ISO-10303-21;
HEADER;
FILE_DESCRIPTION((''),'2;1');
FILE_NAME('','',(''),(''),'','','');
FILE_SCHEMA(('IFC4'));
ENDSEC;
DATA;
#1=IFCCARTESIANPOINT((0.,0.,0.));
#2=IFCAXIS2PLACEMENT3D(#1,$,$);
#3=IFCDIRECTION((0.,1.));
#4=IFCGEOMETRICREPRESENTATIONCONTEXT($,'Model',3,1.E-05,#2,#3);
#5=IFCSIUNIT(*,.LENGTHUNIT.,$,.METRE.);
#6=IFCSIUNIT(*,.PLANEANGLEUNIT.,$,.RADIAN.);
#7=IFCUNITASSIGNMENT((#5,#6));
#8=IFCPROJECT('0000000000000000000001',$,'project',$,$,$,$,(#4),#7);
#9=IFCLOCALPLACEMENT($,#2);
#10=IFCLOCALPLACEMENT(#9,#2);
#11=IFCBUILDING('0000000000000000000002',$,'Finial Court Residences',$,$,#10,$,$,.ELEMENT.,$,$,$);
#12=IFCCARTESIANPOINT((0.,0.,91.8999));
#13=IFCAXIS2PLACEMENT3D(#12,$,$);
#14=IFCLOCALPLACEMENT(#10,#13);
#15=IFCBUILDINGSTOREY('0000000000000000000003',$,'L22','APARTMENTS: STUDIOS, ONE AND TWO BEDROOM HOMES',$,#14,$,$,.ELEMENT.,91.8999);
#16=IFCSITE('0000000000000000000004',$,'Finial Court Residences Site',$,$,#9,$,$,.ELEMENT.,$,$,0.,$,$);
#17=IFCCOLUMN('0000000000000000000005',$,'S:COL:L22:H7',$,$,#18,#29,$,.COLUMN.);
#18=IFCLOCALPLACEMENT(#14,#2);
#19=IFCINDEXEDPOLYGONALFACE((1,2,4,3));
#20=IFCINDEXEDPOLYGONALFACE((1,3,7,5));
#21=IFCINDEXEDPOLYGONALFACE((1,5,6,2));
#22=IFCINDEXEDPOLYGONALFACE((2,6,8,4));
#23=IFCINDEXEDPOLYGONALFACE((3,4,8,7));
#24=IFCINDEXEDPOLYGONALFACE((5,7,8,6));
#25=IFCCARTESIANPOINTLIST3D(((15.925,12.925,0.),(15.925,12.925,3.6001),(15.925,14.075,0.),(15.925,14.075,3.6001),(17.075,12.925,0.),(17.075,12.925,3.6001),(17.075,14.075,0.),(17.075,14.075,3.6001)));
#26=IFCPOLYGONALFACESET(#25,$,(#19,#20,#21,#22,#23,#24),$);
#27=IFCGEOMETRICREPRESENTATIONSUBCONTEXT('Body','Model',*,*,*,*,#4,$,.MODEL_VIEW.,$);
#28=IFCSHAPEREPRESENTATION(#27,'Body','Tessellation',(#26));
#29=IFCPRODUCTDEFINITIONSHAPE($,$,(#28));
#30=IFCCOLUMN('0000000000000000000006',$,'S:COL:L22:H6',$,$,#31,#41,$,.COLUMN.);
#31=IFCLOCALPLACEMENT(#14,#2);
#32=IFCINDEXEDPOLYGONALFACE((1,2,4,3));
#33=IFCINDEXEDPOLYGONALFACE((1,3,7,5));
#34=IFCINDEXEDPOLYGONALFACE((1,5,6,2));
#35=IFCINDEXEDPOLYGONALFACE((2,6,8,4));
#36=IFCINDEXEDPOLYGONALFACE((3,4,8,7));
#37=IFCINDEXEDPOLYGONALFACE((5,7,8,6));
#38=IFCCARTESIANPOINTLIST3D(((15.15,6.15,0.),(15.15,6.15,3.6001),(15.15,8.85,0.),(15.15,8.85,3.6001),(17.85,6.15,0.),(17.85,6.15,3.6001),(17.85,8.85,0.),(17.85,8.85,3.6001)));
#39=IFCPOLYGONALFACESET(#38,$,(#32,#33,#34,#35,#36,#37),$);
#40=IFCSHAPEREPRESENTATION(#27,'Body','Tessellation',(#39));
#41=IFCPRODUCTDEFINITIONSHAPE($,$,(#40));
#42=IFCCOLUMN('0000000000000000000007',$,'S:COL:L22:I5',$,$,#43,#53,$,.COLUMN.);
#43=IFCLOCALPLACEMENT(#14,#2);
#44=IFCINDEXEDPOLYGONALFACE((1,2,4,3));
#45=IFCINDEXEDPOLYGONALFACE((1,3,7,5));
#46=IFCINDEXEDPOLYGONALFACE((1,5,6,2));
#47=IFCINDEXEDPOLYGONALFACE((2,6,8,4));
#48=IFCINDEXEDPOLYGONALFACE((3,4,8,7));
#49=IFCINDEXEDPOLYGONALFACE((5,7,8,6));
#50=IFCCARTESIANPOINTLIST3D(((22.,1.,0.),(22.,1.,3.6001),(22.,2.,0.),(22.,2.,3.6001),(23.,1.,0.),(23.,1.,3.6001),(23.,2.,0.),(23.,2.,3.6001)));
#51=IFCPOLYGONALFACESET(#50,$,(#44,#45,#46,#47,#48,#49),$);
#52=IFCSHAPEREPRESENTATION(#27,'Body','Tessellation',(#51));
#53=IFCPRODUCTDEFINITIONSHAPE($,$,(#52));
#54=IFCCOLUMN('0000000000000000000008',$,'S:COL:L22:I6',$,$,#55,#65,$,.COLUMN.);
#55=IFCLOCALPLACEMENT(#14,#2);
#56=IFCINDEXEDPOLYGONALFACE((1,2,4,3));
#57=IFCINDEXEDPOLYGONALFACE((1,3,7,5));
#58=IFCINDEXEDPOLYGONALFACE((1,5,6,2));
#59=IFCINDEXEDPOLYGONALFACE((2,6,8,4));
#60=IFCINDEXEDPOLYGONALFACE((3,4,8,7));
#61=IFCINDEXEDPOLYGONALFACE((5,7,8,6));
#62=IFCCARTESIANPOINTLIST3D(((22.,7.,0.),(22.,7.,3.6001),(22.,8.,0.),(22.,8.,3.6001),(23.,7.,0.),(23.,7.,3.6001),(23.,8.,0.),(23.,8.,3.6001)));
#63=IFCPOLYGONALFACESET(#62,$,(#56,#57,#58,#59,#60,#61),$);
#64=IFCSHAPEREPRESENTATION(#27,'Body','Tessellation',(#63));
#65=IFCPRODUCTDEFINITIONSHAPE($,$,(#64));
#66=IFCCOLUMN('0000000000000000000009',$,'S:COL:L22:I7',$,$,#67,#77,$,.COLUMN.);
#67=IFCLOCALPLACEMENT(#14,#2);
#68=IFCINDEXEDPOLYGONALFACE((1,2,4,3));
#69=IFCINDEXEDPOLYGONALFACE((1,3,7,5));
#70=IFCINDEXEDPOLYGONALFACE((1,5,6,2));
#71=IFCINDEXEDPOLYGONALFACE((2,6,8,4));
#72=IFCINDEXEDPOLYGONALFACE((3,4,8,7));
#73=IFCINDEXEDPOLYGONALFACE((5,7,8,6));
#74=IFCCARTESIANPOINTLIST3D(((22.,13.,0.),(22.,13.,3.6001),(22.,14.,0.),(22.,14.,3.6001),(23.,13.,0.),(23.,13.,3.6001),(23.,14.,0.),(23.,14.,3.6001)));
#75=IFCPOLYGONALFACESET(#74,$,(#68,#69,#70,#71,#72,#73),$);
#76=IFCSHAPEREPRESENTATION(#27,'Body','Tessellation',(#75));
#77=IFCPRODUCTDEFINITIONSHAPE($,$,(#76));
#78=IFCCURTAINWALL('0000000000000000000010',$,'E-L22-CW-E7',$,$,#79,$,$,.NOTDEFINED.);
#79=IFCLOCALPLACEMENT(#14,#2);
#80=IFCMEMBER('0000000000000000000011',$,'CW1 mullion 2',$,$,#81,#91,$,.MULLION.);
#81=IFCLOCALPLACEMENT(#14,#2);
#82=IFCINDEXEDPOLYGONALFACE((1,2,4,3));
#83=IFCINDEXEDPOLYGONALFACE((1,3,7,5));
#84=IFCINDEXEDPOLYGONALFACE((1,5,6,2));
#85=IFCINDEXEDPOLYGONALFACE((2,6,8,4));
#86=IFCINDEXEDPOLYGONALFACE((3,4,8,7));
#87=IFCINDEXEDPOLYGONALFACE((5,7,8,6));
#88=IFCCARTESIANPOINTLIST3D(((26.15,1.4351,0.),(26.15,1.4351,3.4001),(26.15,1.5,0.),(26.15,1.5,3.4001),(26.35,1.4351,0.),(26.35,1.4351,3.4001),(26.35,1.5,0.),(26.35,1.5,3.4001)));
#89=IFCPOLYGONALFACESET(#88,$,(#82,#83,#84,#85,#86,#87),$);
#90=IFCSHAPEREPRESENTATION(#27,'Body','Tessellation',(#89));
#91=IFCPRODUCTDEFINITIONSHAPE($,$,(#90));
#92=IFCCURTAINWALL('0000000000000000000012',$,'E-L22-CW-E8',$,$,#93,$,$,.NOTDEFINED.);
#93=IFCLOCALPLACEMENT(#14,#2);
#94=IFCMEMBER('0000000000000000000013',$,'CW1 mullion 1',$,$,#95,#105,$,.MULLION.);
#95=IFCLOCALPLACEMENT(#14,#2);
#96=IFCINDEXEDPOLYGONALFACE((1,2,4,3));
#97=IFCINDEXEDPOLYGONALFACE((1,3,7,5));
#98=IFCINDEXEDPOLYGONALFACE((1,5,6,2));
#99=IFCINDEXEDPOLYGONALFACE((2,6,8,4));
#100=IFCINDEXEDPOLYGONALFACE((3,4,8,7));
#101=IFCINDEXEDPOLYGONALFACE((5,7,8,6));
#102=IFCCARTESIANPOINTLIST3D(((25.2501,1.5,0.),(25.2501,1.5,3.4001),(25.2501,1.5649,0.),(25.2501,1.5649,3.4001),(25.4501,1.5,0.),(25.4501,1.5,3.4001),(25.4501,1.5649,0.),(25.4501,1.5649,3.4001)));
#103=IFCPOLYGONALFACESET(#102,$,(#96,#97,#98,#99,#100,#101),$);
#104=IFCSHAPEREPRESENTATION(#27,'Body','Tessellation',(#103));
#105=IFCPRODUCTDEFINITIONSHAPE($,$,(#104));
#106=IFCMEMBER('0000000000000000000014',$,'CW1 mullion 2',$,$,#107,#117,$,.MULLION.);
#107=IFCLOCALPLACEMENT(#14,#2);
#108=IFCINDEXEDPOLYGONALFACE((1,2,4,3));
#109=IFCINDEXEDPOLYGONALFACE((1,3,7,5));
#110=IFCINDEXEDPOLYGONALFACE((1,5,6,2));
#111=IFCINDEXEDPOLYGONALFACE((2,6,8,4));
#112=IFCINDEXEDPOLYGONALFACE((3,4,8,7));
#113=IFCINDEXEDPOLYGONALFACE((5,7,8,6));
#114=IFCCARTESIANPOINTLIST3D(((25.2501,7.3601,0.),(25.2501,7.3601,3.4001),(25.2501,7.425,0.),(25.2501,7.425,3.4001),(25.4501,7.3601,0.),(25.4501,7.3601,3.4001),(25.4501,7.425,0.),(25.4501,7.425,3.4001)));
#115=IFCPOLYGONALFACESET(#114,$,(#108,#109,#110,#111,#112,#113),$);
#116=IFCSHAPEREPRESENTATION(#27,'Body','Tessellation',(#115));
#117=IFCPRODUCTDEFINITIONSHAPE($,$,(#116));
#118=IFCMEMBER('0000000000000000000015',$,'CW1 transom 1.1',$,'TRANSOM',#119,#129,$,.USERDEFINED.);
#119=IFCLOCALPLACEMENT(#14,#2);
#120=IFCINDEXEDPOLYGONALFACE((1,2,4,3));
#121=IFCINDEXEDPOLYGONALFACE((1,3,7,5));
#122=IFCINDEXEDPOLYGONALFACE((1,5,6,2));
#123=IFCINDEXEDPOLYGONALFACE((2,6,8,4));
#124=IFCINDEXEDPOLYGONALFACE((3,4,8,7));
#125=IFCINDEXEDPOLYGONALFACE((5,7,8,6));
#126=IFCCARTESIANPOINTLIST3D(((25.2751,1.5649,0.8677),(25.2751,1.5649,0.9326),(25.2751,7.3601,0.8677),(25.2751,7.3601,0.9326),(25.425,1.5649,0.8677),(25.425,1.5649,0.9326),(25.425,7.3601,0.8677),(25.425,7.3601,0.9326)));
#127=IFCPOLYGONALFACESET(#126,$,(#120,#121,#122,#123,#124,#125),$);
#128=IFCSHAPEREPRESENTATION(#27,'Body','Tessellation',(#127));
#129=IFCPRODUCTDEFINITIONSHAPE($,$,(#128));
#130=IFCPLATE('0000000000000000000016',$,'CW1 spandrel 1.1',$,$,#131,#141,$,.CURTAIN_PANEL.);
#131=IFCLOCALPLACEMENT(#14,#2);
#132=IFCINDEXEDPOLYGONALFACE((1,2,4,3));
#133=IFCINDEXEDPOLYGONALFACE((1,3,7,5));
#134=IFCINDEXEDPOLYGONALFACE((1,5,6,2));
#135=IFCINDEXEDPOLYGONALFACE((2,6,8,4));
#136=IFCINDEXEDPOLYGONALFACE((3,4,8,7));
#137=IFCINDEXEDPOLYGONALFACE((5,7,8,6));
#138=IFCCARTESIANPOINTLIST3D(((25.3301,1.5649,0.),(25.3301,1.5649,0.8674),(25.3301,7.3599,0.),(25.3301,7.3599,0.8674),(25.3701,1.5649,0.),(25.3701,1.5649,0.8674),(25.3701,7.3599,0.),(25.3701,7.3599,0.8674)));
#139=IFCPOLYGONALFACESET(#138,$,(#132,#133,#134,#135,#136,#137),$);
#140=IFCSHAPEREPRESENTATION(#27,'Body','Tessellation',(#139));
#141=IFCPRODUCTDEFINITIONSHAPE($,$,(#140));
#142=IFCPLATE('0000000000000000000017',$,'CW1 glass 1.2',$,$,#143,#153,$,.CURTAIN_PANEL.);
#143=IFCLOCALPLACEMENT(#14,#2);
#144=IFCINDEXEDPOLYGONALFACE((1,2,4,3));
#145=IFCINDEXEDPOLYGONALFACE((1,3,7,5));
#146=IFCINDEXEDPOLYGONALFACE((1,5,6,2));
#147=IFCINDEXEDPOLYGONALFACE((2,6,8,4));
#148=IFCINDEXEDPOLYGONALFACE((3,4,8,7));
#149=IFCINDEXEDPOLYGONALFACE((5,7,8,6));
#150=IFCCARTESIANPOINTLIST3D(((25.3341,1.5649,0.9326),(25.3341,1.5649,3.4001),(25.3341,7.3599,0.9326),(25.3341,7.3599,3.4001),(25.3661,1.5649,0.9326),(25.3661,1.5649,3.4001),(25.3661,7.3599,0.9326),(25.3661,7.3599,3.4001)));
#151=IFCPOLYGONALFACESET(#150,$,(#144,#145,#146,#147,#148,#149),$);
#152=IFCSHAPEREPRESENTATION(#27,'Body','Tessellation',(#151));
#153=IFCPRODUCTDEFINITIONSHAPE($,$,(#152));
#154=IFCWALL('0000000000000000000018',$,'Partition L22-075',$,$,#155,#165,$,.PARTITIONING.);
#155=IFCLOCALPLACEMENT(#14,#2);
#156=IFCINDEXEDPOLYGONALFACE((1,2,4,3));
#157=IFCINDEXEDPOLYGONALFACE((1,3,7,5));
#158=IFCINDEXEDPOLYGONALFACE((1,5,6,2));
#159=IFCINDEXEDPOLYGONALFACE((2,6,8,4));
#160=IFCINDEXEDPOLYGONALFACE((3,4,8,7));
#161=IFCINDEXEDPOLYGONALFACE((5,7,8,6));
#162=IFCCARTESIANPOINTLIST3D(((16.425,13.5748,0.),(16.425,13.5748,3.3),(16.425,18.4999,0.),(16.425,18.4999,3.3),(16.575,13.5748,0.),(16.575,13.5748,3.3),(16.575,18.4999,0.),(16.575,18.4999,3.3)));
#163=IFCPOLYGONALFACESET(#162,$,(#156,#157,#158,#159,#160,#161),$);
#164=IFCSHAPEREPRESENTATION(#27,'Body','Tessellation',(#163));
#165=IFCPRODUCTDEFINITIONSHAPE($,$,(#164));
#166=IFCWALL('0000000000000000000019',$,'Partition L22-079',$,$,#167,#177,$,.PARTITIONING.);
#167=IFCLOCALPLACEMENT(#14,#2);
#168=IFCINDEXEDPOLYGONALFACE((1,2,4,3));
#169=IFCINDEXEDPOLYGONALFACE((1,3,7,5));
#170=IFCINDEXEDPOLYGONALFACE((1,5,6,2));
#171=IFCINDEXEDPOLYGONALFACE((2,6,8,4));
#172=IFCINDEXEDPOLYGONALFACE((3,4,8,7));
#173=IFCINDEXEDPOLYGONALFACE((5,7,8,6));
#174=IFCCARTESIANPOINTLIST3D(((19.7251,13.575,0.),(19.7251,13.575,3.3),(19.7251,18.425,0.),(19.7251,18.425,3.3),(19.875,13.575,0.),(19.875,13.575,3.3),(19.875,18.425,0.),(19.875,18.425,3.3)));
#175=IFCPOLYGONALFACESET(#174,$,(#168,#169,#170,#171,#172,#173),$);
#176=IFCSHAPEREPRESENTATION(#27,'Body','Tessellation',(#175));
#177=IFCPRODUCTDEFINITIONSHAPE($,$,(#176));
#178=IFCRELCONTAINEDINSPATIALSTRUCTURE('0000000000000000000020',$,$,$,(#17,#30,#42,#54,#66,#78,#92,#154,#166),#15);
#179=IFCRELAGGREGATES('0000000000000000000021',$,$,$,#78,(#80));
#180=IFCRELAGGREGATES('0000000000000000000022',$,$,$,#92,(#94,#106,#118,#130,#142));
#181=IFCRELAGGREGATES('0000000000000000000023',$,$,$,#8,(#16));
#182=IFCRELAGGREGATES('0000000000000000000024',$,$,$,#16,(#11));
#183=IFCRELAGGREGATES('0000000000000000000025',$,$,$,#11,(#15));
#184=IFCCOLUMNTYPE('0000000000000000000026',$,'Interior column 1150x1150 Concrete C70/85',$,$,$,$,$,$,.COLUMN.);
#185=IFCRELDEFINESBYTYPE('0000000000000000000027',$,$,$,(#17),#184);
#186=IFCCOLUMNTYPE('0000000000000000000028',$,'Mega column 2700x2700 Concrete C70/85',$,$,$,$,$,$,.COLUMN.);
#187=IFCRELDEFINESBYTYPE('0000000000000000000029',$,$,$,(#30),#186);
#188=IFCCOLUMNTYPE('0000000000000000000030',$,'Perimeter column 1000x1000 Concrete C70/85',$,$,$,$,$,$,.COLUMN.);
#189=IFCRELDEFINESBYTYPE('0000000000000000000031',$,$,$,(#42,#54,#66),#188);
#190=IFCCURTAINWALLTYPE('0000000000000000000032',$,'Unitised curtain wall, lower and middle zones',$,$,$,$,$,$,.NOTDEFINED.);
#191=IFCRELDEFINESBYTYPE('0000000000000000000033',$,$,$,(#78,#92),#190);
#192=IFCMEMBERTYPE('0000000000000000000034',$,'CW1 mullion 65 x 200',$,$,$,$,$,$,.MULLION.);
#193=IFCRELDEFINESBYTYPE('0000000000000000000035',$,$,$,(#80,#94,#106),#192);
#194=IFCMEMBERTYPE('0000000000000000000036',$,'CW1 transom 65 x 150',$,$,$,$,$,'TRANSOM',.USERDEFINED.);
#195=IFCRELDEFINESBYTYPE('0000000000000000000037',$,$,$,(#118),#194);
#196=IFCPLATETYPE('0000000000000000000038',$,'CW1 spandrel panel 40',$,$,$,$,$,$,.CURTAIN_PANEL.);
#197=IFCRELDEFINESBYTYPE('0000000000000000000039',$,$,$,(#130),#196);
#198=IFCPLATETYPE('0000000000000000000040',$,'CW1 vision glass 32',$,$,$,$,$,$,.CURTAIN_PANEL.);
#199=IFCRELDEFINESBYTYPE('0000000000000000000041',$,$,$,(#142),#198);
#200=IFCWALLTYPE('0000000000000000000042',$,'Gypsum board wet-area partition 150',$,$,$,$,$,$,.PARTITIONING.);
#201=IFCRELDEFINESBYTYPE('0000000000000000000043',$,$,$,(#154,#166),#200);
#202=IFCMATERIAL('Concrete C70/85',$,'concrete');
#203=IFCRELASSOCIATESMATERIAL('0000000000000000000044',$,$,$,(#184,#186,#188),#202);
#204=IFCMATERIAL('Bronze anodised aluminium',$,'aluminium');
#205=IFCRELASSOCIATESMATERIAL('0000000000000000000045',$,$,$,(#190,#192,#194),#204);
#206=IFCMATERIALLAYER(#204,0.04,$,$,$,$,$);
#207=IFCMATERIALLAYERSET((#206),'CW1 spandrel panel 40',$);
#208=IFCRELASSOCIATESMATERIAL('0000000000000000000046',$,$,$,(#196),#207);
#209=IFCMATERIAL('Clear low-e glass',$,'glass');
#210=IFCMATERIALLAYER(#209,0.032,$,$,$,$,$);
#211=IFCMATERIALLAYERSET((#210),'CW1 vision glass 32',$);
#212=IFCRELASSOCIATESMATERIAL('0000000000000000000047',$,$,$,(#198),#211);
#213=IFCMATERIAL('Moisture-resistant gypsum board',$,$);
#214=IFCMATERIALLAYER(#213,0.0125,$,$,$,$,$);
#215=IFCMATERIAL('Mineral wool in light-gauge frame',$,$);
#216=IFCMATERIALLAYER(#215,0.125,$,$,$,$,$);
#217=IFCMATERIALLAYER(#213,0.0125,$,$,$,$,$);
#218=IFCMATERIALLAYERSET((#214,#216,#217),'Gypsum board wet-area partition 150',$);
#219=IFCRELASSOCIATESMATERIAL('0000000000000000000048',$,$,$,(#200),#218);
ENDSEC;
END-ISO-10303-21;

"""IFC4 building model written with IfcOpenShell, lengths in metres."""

from ifc_helpers import new_model, si_unit, direction, frame, frame_2d, origin, origin_2d, place, context, subcontext, project, spatial, rectangle, extrude, material, layer, layer_set, material_profile, profile_set, type_object, element, aggregate, save


model = new_model("IFC4")

# Units and contexts
model_context = context("Model", 3, precision=1e-05, world=origin(), true_north=direction((0.0, 1.0)))
body_context = subcontext(model_context, "Body", "Model", "MODEL_VIEW")
ifc_project = project(units=[si_unit("LENGTHUNIT", "METRE"), si_unit("PLANEANGLEUNIT", "RADIAN")], contexts=[model_context])

# Site, building, storey
site_placement = place(None, origin())
site = spatial("IfcSite", under=ifc_project, at=site_placement, Name="Finial Court Residences Site", CompositionType="ELEMENT", RefElevation=0.0)
building_placement = place(site_placement, origin())
building = spatial("IfcBuilding", under=site, at=building_placement, Name="Finial Court Residences", CompositionType="ELEMENT")
storey_placement = place(building_placement, frame((0.0, 0.0, 91.8999)))
storey = spatial("IfcBuildingStorey", under=building, at=storey_placement, Name="L22", Description="APARTMENTS: STUDIOS, ONE AND TWO BEDROOM HOMES", CompositionType="ELEMENT", Elevation=91.8999)

# Columns
ifc_material_1 = material(Name="Concrete C70/85", Category="concrete")
ifc_material_profile_1 = material_profile(ifc_material_1, rectangle(XDim=1.1499, YDim=1.1499, at=origin_2d()), Name="1150x1150")
ifc_profile_set_1 = profile_set([ifc_material_profile_1], Name="Concrete C70/85")
column_type_1 = type_object("IfcColumnType", Name="Interior column 1150x1150 Concrete C70/85", PredefinedType="COLUMN", material=ifc_profile_set_1)
column_1_placement = place(storey_placement, frame((16.5, 13.5, 0.0), z_axis=(0.0, 0.0, 1.0), x_axis=(1.0, 0.0, 0.0)))
element("IfcColumn", 1, at=column_1_placement, inside=storey, type_object=column_type_1, Name="S:COL:L22:H7", PredefinedType="COLUMN", context=body_context, shape_type="SweptSolid", body=[
    extrude(rectangle(XDim=1.1499, YDim=1.1499, at=origin_2d()), origin(), (0.0, 0.0, 1.0), 3.6001),
])
ifc_material_profile_2 = material_profile(ifc_material_1, rectangle(XDim=2.7, YDim=2.7, at=origin_2d()), Name="2700x2700")
ifc_profile_set_2 = profile_set([ifc_material_profile_2], Name="Concrete C70/85")
column_type_2 = type_object("IfcColumnType", Name="Mega column 2700x2700 Concrete C70/85", PredefinedType="COLUMN", material=ifc_profile_set_2)
column_2_placement = place(storey_placement, frame((16.5, 7.5, 0.0), z_axis=(0.0, 0.0, 1.0), x_axis=(1.0, 0.0, 0.0)))
element("IfcColumn", 2, at=column_2_placement, inside=storey, type_object=column_type_2, Name="S:COL:L22:H6", PredefinedType="COLUMN", context=body_context, shape_type="SweptSolid", body=[
    extrude(rectangle(XDim=2.7, YDim=2.7, at=origin_2d()), origin(), (0.0, 0.0, 1.0), 3.6001),
])
ifc_material_profile_3 = material_profile(ifc_material_1, rectangle(XDim=1.0, YDim=1.0, at=origin_2d()), Name="1000x1000")
ifc_profile_set_3 = profile_set([ifc_material_profile_3], Name="Concrete C70/85")
column_type_3 = type_object("IfcColumnType", Name="Perimeter column 1000x1000 Concrete C70/85", PredefinedType="COLUMN", material=ifc_profile_set_3)
for number, where, z_axis, x_axis, name in (
    (3, (22.5, 1.5, 0.0), (0.0, 0.0, 1.0), (1.0, 0.0, 0.0), "S:COL:L22:I5"),
    (4, (22.5, 7.5, 0.0), (0.0, 0.0, 1.0), (1.0, 0.0, 0.0), "S:COL:L22:I6"),
    (5, (22.5, 13.5, 0.0), (0.0, 0.0, 1.0), (1.0, 0.0, 0.0), "S:COL:L22:I7"),
):
    element("IfcColumn", number, at=place(storey_placement, frame(where, z_axis=z_axis, x_axis=x_axis)), inside=storey, type_object=column_type_3, Name=name, PredefinedType="COLUMN", context=body_context, shape_type="SweptSolid", body=[
        extrude(rectangle(XDim=1.0, YDim=1.0, at=origin_2d()), origin(), (0.0, 0.0, 1.0), 3.6001),
    ])

# Curtain wall, member
ifc_material_2 = material(Name="Bronze anodised aluminium", Category="aluminium")
curtain_wall_type = type_object("IfcCurtainWallType", Name="Unitised curtain wall, lower and middle zones", PredefinedType="NOTDEFINED", material=ifc_material_2)
curtain_wall_1_placement = place(storey_placement, origin())
curtain_wall_1 = element("IfcCurtainWall", 6, at=curtain_wall_1_placement, inside=storey, type_object=curtain_wall_type, Name="E-L22-CW-E7", PredefinedType="NOTDEFINED")
ifc_material_profile_4 = material_profile(ifc_material_2, rectangle(XDim=0.2, YDim=0.0649, at=origin_2d()), Name="CW1 mullion 65 x 200")
ifc_profile_set_4 = profile_set([ifc_material_profile_4], Name="Bronze anodised aluminium")
member_type_1 = type_object("IfcMemberType", Name="CW1 mullion 65 x 200", PredefinedType="MULLION", material=ifc_profile_set_4)
member_1_placement = place(storey_placement, frame((26.25, 1.4675, 0.0), z_axis=(0.0, 0.0, 1.0), x_axis=(-1.0, 0.0, 0.0)))
member_1 = element("IfcMember", 7, at=member_1_placement, type_object=member_type_1, Name="CW1 mullion 2", PredefinedType="MULLION", context=body_context, shape_type="SweptSolid", body=[
    extrude(rectangle(XDim=0.2, YDim=0.0649, at=origin_2d()), origin(), (0.0, 0.0, 1.0), 3.4001),
])
aggregate(curtain_wall_1, [member_1])

# Curtain wall, members, plates
curtain_wall_2_placement = place(storey_placement, origin())
curtain_wall_2 = element("IfcCurtainWall", 8, at=curtain_wall_2_placement, inside=storey, type_object=curtain_wall_type, Name="E-L22-CW-E8", PredefinedType="NOTDEFINED")
member_2_placement = place(storey_placement, frame((25.3501, 1.5325, 0.0), z_axis=(0.0, 0.0, 1.0), x_axis=(-1.0, 0.0, 0.0)))
member_2 = element("IfcMember", 9, at=member_2_placement, type_object=member_type_1, Name="CW1 mullion 1", PredefinedType="MULLION", context=body_context, shape_type="SweptSolid", body=[
    extrude(rectangle(XDim=0.2, YDim=0.0649, at=origin_2d()), origin(), (0.0, 0.0, 1.0), 3.4001),
])
member_3_placement = place(storey_placement, frame((25.3501, 7.3926, 0.0), z_axis=(0.0, 0.0, 1.0), x_axis=(-1.0, 0.0, 0.0)))
member_3 = element("IfcMember", 10, at=member_3_placement, type_object=member_type_1, Name="CW1 mullion 2", PredefinedType="MULLION", context=body_context, shape_type="SweptSolid", body=[
    extrude(rectangle(XDim=0.2, YDim=0.0649, at=origin_2d()), origin(), (0.0, 0.0, 1.0), 3.4001),
])
ifc_material_profile_5 = material_profile(ifc_material_2, rectangle(XDim=0.1499, YDim=0.0649, at=origin_2d()), Name="CW1 transom 65 x 150")
ifc_profile_set_5 = profile_set([ifc_material_profile_5], Name="Bronze anodised aluminium")
member_type_2 = type_object("IfcMemberType", Name="CW1 transom 65 x 150", ElementType="TRANSOM", PredefinedType="USERDEFINED", material=ifc_profile_set_5)
member_4_placement = place(storey_placement, frame((25.3501, 1.5649, 0.9001), z_axis=(0.0, 1.0, 0.0), x_axis=(-1.0, 0.0, 0.0)))
member_4 = element("IfcMember", 11, at=member_4_placement, type_object=member_type_2, Name="CW1 transom 1.1", ObjectType="TRANSOM", PredefinedType="USERDEFINED", context=body_context, shape_type="SweptSolid", body=[
    extrude(rectangle(XDim=0.1499, YDim=0.0649, at=origin_2d()), origin(), (0.0, 0.0, 1.0), 5.7952),
])
ifc_layer_1 = layer(ifc_material_2, 0.04)
ifc_layer_set_1 = layer_set([ifc_layer_1], Name="CW1 spandrel panel 40")
plate_type_1 = type_object("IfcPlateType", Name="CW1 spandrel panel 40", PredefinedType="CURTAIN_PANEL", material=ifc_layer_set_1)
plate_1_placement = place(storey_placement, frame((25.3501, 4.4624, 0.0), z_axis=(0.0, 0.0, 1.0), x_axis=(0.0, 1.0, 0.0)))
plate_1 = element("IfcPlate", 12, at=plate_1_placement, type_object=plate_type_1, Name="CW1 spandrel 1.1", PredefinedType="CURTAIN_PANEL", context=body_context, shape_type="SweptSolid", body=[
    extrude(rectangle(XDim=5.7949, YDim=0.04, at=origin_2d()), origin(), (0.0, 0.0, 1.0), 0.8674),
])
ifc_material_3 = material(Name="Clear low-e glass", Category="glass")
ifc_layer_2 = layer(ifc_material_3, 0.032)
ifc_layer_set_2 = layer_set([ifc_layer_2], Name="CW1 vision glass 32")
plate_type_2 = type_object("IfcPlateType", Name="CW1 vision glass 32", PredefinedType="CURTAIN_PANEL", material=ifc_layer_set_2)
plate_2_placement = place(storey_placement, frame((25.3501, 4.4624, 0.9326), z_axis=(0.0, 0.0, 1.0), x_axis=(0.0, 1.0, 0.0)))
plate_2 = element("IfcPlate", 13, at=plate_2_placement, type_object=plate_type_2, Name="CW1 glass 1.2", PredefinedType="CURTAIN_PANEL", context=body_context, shape_type="SweptSolid", body=[
    extrude(rectangle(XDim=5.7949, YDim=0.032, at=origin_2d()), origin(), (0.0, 0.0, 1.0), 2.4675),
])
aggregate(curtain_wall_2, [member_2, member_3, member_4, plate_1, plate_2])

# Walls
ifc_material_4 = material(Name="Moisture-resistant gypsum board")
ifc_layer_3 = layer(ifc_material_4, 0.0125)
ifc_material_5 = material(Name="Mineral wool in light-gauge frame")
ifc_layer_4 = layer(ifc_material_5, 0.125)
ifc_layer_5 = layer(ifc_material_4, 0.0125)
ifc_layer_set_3 = layer_set([ifc_layer_3, ifc_layer_4, ifc_layer_5], Name="Gypsum board wet-area partition 150")
wall_type_1 = type_object("IfcWallType", Name="Gypsum board wet-area partition 150", PredefinedType="PARTITIONING", material=ifc_layer_set_3)
wall_1_placement = place(storey_placement, frame((16.5, 13.575, 0.0), z_axis=(0.0, 0.0, 1.0), x_axis=(0.0, 1.0, 0.0)))
element("IfcWall", 14, at=wall_1_placement, inside=storey, type_object=wall_type_1, Name="Partition L22-075", PredefinedType="PARTITIONING", context=body_context, shape_type="SweptSolid", body=[
    extrude(rectangle(XDim=4.925, YDim=0.1499, at=frame_2d((2.4624, 0.0))), origin(), (0.0, 0.0, 1.0), 3.3),
])
wall_2_placement = place(storey_placement, frame((19.8, 13.575, 0.0), z_axis=(0.0, 0.0, 1.0), x_axis=(0.0, 1.0, 0.0)))
element("IfcWall", 15, at=wall_2_placement, inside=storey, type_object=wall_type_1, Name="Partition L22-079", PredefinedType="PARTITIONING", context=body_context, shape_type="SweptSolid", body=[
    extrude(rectangle(XDim=4.8501, YDim=0.1499, at=frame_2d((2.425, 0.0))), origin(), (0.0, 0.0, 1.0), 3.3),
])

save(model, "model.ifc")
